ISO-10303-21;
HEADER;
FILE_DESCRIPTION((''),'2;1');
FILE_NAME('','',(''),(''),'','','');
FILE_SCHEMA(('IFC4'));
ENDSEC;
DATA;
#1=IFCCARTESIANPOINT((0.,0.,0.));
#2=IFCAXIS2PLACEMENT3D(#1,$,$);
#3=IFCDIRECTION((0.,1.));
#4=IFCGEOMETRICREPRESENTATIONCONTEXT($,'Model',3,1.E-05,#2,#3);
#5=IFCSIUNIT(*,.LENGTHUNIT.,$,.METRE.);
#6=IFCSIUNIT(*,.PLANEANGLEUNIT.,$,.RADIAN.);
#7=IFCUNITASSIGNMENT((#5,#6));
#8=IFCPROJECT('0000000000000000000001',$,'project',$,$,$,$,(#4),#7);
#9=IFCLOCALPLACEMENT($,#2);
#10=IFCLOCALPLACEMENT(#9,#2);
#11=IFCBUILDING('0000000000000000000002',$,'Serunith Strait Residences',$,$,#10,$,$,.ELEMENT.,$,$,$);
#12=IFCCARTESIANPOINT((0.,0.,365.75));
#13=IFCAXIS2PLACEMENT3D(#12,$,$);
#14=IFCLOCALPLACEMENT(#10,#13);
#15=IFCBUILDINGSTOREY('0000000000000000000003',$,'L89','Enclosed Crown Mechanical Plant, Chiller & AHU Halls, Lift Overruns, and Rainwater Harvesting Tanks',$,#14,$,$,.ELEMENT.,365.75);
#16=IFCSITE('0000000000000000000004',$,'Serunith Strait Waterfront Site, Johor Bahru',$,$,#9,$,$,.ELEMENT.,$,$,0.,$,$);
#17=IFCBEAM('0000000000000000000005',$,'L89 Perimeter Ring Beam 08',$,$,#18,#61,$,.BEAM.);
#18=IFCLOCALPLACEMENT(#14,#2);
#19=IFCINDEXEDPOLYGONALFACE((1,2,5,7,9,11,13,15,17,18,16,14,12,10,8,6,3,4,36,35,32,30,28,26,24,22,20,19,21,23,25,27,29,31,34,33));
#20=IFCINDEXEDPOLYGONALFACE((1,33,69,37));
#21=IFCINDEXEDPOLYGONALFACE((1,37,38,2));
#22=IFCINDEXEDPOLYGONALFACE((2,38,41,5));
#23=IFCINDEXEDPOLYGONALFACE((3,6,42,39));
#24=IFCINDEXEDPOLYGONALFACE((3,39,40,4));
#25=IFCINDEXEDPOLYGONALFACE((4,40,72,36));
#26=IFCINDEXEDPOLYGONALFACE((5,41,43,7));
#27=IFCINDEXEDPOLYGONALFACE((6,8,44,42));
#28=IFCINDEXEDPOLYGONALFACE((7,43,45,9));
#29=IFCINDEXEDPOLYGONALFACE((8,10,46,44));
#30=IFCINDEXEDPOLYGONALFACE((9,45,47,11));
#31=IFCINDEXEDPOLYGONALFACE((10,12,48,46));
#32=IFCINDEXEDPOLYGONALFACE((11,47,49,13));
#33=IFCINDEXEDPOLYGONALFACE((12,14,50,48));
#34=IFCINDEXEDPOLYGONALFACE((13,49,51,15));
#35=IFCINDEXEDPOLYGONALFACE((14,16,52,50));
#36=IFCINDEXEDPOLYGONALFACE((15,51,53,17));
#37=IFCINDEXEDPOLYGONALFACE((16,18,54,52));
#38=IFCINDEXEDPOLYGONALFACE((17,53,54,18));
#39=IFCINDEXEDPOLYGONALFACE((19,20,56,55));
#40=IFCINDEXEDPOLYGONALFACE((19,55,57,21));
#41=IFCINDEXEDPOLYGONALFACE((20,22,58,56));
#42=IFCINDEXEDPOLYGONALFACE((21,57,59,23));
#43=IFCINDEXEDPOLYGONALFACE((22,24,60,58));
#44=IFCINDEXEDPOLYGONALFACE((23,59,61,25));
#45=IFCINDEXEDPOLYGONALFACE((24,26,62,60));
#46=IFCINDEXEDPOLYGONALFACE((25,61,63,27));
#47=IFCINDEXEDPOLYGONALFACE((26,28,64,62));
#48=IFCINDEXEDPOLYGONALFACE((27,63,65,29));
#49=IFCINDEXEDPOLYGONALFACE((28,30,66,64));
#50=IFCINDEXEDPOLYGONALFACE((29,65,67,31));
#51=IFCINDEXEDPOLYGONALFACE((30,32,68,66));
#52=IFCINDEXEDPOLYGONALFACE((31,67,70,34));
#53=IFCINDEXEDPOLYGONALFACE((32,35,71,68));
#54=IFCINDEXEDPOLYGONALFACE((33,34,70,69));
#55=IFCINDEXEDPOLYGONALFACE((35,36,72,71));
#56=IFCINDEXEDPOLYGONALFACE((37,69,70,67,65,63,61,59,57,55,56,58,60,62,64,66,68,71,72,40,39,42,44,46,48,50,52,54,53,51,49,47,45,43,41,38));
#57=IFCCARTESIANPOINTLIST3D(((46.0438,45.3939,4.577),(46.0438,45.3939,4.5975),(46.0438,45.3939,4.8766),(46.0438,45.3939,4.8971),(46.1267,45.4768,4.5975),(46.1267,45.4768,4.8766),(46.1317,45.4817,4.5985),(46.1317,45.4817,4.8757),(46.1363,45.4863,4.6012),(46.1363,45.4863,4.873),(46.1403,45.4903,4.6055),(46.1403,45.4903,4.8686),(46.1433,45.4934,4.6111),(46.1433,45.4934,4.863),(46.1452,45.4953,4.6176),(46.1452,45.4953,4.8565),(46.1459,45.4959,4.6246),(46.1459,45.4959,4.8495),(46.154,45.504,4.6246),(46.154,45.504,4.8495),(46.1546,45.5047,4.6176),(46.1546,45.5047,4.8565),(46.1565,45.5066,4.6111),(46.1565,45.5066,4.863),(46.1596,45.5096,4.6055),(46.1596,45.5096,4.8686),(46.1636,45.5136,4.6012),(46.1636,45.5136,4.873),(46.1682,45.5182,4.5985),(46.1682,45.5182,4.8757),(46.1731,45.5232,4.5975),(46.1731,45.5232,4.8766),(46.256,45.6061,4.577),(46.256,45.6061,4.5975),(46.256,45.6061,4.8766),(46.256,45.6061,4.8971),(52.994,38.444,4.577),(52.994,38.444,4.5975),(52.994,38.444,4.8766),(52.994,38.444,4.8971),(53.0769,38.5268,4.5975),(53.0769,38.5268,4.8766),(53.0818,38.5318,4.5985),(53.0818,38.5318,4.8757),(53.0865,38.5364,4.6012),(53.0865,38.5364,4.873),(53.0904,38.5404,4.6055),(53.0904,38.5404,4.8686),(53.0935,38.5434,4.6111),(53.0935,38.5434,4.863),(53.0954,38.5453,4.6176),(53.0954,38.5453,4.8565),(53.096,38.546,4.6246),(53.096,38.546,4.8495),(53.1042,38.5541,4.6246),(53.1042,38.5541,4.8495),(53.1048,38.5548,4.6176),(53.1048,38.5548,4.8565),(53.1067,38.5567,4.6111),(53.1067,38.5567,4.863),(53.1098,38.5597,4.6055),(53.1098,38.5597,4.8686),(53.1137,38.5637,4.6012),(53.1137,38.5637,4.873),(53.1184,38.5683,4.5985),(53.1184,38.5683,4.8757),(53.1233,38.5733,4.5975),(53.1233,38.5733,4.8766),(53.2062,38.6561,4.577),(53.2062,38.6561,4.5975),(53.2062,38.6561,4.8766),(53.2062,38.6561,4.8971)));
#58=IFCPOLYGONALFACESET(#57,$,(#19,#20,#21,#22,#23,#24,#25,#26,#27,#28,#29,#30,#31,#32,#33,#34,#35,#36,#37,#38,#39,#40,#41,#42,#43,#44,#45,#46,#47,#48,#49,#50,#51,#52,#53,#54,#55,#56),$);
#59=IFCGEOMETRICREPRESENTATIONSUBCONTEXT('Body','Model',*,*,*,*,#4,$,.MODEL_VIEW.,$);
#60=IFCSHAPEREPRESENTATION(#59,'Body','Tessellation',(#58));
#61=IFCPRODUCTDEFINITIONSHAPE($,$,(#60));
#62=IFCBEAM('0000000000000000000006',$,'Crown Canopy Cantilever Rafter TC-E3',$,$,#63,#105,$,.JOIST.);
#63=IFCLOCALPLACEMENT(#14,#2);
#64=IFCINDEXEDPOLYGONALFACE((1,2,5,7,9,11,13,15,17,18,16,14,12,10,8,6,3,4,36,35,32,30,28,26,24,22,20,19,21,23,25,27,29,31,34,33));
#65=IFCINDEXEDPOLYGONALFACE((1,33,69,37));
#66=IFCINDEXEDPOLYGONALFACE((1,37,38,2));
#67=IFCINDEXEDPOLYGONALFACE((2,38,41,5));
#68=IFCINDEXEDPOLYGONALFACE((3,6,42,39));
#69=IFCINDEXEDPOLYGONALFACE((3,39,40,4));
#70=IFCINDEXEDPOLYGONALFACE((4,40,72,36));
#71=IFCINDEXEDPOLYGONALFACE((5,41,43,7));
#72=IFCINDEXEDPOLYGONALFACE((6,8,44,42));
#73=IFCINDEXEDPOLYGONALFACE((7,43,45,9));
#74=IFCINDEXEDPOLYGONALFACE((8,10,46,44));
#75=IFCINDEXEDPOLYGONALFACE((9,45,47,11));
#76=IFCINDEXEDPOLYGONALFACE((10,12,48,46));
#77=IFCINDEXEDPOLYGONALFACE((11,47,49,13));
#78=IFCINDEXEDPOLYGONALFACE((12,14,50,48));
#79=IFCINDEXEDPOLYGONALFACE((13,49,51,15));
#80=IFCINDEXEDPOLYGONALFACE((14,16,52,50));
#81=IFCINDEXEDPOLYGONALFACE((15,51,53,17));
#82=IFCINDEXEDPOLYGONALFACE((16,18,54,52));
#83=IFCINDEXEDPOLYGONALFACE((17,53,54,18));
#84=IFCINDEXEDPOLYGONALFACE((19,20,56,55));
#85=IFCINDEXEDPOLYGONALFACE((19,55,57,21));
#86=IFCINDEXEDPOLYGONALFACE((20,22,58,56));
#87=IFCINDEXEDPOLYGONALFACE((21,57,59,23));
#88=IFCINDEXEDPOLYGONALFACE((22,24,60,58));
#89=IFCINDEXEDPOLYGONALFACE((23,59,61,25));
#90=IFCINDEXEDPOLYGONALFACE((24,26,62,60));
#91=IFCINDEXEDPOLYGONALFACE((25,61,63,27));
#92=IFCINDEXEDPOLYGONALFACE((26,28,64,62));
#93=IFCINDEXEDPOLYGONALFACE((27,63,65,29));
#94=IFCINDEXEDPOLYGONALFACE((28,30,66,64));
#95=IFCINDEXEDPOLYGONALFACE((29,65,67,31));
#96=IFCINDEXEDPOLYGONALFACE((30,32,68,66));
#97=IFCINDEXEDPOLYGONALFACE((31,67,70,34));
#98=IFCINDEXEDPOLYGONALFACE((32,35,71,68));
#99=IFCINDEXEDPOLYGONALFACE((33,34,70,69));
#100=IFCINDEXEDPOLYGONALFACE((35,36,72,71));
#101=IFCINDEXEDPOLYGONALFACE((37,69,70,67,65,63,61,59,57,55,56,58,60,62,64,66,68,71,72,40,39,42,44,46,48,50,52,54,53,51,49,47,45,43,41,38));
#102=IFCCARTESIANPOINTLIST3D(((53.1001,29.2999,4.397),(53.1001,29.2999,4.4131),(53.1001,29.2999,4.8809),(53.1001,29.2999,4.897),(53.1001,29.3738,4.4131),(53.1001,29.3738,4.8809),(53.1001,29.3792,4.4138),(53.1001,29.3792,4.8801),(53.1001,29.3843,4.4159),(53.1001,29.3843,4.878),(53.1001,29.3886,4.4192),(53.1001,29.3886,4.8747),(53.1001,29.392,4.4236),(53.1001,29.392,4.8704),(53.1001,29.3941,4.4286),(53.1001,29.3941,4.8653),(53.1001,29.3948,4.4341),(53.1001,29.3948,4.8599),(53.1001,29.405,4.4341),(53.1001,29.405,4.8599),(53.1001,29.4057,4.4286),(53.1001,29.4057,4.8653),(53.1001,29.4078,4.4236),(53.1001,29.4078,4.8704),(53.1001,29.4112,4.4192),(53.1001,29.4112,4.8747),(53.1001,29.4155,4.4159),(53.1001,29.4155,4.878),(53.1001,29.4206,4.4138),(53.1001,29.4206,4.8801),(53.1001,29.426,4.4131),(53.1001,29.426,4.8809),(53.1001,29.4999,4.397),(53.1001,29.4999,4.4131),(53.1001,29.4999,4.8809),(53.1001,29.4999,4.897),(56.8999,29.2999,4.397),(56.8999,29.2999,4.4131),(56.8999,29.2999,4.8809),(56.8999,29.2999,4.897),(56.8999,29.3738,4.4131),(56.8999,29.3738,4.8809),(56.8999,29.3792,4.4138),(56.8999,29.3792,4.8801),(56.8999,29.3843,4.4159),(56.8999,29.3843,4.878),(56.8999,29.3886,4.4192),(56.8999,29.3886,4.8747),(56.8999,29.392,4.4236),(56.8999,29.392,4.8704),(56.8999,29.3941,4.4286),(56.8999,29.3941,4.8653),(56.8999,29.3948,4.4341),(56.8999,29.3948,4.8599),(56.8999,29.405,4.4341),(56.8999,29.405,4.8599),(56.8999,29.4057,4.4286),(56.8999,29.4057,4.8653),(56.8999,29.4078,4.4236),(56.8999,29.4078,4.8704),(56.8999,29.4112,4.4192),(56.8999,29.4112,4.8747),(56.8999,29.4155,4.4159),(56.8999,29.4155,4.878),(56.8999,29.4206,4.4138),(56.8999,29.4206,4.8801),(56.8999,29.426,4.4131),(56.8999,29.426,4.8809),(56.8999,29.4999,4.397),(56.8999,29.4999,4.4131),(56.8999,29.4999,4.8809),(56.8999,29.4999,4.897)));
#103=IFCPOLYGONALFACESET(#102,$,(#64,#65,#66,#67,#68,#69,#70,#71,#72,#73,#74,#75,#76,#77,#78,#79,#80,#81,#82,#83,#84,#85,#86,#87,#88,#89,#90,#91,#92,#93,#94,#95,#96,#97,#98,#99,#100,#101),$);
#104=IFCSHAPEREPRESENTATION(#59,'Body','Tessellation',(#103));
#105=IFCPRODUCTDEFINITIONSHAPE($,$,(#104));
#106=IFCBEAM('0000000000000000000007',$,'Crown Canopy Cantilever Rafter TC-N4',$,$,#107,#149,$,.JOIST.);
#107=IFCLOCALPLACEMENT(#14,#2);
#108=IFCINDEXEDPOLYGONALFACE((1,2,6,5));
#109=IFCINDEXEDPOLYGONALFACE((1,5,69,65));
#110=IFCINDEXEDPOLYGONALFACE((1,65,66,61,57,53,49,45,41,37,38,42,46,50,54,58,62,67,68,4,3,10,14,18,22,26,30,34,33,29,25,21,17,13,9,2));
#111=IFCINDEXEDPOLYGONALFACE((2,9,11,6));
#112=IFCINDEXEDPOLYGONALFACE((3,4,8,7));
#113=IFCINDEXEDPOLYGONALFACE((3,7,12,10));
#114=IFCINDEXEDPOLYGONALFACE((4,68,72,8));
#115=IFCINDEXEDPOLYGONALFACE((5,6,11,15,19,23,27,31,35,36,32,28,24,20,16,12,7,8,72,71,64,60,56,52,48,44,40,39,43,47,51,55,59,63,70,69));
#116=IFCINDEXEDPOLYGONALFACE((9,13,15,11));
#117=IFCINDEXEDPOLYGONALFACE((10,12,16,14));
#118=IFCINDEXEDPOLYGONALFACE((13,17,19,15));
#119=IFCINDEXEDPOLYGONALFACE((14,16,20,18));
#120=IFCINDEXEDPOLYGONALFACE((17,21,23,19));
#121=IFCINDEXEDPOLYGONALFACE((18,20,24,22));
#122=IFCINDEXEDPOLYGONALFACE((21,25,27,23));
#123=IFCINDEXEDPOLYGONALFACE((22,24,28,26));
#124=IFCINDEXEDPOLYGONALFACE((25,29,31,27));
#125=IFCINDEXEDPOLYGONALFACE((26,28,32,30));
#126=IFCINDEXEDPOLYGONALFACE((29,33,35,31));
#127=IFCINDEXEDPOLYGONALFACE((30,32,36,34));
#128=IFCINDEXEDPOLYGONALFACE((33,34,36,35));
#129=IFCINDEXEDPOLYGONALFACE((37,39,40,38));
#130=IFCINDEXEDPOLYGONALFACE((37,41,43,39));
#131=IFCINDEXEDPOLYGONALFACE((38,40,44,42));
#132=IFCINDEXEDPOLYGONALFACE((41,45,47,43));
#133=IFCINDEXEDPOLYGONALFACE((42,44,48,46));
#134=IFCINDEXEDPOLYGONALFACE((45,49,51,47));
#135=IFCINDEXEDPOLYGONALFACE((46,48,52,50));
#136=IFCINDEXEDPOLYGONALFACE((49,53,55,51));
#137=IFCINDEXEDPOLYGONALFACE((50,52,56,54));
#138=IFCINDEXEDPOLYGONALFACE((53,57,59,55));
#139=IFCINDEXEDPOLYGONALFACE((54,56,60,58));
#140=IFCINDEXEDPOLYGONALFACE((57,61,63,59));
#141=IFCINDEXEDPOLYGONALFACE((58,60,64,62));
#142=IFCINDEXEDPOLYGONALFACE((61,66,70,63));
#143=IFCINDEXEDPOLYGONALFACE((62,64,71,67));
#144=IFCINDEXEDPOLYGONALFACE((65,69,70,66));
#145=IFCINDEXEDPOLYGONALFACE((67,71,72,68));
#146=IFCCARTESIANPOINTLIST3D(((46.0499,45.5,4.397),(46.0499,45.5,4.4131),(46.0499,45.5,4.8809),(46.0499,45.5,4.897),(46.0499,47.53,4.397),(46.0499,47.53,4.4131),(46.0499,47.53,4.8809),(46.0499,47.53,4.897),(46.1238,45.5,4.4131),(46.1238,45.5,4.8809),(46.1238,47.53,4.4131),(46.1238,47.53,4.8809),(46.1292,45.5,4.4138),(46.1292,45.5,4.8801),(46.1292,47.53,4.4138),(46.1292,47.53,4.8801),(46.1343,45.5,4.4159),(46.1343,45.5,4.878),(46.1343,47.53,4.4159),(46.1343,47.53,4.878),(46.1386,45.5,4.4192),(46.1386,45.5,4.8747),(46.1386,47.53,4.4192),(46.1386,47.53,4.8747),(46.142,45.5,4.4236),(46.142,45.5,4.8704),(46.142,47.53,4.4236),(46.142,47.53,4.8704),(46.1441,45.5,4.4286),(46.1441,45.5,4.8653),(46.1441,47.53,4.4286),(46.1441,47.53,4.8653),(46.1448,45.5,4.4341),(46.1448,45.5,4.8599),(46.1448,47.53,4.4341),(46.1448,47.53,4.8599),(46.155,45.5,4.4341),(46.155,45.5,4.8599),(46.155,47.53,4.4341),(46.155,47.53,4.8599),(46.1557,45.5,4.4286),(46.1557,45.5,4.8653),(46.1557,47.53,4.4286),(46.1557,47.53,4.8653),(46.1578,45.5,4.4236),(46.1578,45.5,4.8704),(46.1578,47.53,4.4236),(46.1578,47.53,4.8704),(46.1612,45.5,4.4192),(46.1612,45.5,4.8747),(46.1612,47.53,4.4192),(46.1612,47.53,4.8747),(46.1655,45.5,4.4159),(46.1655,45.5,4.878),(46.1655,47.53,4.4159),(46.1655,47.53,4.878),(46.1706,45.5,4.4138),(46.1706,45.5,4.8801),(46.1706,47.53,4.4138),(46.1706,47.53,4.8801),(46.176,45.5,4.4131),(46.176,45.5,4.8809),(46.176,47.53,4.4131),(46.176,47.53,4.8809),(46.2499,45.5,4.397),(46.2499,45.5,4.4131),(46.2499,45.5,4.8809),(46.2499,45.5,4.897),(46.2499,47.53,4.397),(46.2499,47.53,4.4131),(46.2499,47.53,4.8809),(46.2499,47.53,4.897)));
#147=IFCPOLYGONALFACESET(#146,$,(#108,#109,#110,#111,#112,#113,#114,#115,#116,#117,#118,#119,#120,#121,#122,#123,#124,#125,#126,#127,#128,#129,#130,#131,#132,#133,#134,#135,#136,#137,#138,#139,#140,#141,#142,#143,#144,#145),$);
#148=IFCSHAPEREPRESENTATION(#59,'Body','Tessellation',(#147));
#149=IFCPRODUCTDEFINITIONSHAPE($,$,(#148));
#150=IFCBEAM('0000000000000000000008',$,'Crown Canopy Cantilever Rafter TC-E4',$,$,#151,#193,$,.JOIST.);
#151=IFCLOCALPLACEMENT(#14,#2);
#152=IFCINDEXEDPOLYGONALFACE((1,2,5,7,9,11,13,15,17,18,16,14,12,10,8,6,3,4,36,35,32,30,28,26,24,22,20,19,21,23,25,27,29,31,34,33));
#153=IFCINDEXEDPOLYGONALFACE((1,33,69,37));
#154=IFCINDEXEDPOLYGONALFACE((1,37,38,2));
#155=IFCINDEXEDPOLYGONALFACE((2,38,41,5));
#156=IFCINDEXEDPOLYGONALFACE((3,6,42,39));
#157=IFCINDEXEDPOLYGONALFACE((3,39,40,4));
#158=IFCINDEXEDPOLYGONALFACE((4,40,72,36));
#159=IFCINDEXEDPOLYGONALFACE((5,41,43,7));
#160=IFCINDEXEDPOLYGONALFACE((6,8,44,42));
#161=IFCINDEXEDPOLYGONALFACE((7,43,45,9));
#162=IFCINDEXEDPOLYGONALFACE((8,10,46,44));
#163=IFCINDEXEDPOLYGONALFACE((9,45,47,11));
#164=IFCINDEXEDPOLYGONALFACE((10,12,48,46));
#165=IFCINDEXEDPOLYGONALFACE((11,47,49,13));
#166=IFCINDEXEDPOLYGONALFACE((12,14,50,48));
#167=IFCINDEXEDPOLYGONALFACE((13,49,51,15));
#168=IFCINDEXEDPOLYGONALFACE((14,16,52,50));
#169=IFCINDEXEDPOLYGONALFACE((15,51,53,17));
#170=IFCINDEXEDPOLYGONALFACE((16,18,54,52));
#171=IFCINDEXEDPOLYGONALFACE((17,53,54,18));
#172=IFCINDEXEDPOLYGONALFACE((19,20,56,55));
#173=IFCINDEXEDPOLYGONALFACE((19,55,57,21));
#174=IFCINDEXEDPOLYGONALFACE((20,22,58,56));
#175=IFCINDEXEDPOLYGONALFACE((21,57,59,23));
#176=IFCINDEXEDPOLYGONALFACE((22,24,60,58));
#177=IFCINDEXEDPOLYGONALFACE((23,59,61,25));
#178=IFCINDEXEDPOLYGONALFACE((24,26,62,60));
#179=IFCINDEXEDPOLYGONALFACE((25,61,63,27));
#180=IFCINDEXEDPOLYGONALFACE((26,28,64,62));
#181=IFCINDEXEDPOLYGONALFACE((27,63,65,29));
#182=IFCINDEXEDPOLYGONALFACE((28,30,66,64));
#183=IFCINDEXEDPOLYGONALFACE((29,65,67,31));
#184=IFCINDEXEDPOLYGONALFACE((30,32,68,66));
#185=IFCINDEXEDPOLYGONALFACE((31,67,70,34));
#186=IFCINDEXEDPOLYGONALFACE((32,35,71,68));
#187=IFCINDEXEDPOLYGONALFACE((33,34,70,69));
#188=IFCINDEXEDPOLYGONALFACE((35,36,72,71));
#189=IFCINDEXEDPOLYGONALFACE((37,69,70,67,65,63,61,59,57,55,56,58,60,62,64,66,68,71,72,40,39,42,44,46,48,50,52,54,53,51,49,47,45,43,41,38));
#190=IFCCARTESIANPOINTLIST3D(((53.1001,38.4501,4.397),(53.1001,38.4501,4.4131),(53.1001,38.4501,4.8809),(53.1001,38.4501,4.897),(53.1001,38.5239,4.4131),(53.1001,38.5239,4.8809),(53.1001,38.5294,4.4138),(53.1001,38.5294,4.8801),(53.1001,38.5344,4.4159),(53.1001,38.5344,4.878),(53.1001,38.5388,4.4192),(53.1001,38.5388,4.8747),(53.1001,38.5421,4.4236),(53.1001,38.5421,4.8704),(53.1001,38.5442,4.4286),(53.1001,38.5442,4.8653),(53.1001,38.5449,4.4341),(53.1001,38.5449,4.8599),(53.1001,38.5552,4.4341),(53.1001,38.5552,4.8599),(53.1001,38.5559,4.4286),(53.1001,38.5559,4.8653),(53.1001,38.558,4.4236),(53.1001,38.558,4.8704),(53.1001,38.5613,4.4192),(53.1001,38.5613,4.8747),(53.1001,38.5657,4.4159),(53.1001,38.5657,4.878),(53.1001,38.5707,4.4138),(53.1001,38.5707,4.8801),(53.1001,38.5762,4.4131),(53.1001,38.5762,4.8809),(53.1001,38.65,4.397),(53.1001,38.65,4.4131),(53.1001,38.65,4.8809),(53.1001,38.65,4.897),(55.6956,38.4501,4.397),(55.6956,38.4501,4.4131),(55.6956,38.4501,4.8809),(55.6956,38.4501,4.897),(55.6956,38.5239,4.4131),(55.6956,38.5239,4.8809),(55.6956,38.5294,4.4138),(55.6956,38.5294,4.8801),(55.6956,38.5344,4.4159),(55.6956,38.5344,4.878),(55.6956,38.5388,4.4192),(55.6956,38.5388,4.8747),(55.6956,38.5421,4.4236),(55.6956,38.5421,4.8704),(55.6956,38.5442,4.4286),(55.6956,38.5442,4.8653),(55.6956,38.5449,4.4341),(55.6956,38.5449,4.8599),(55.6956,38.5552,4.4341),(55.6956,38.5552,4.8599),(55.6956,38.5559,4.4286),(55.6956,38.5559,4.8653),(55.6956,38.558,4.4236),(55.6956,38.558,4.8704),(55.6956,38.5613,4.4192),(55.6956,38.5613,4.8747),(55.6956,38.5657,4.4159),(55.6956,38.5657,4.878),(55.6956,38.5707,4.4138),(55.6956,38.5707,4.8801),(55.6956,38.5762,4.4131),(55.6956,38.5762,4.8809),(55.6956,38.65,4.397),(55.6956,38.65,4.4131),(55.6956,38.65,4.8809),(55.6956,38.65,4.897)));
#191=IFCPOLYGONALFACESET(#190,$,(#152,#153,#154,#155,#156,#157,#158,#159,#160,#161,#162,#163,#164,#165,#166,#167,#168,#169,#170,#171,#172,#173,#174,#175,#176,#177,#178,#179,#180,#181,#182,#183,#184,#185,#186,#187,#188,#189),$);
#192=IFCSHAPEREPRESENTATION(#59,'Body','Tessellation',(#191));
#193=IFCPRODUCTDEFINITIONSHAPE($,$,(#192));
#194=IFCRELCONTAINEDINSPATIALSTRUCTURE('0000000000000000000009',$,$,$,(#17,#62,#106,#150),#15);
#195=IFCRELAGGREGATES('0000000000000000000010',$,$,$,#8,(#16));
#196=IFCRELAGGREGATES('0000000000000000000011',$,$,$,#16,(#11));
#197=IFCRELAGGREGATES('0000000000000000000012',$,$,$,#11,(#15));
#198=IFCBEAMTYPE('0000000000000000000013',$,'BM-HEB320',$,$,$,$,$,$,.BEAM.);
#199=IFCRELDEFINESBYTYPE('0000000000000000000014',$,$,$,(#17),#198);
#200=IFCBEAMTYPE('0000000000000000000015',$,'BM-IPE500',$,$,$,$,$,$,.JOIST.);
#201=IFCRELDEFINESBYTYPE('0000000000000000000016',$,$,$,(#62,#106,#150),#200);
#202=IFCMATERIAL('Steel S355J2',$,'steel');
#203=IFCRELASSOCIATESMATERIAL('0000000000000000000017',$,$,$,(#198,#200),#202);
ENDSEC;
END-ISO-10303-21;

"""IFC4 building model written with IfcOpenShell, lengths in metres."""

from ifc_helpers import new_model, si_unit, direction, frame, origin, origin_2d, place, context, subcontext, project, spatial, i_section, extrude, source, transform, mapped, material, material_profile, profile_set, type_object, element, save


model = new_model("IFC4")

# Units and contexts
model_context = context("Model", 3, precision=1e-05, world=origin(), true_north=direction((0.0, 1.0)))
body_context = subcontext(model_context, "Body", "Model", "MODEL_VIEW")
ifc_project = project(units=[si_unit("LENGTHUNIT", "METRE"), si_unit("PLANEANGLEUNIT", "RADIAN")], contexts=[model_context])

# Site, building, storey
site_placement = place(None, origin())
site = spatial("IfcSite", under=ifc_project, at=site_placement, Name="Serunith Strait Waterfront Site, Johor Bahru", CompositionType="ELEMENT", RefElevation=0.0)
building_placement = place(site_placement, origin())
building = spatial("IfcBuilding", under=site, at=building_placement, Name="Serunith Strait Residences", CompositionType="ELEMENT")
storey_placement = place(building_placement, frame((0.0, 0.0, 365.75)))
storey = spatial("IfcBuildingStorey", under=building, at=storey_placement, Name="L89", Description="Enclosed Crown Mechanical Plant, Chiller & AHU Halls, Lift Overruns, and Rainwater Harvesting Tanks", CompositionType="ELEMENT", Elevation=365.75)

# Beams
ifc_material_1 = material(Name="Steel S355J2", Category="steel")
ifc_material_profile_1 = material_profile(ifc_material_1, i_section(OverallWidth=0.3, OverallDepth=0.3201, WebThickness=0.0115, FlangeThickness=0.0205, FilletRadius=0.0271, at=origin_2d()), Name="HEB 320")
ifc_profile_set_1 = profile_set([ifc_material_profile_1], Name="Steel S355J2")
beam_type_1 = type_object("IfcBeamType", Name="BM-HEB320", PredefinedType="BEAM", material=ifc_profile_set_1)
shared_shape_1 = source(origin(), body_context, "Body", "SweptSolid", [
    extrude(i_section(OverallWidth=0.3, OverallDepth=0.3201, WebThickness=0.0115, FlangeThickness=0.0205, FilletRadius=0.0271, at=origin_2d()), origin(), (0.0, 0.0, 1.0), 9.8289),
])
beam_1_placement = place(storey_placement, frame((53.1001, 38.55, 4.7371), z_axis=(-0.707119, 0.707094, 0.0), x_axis=(-0.707094, -0.707119, 0.0)))
element("IfcBeam", 1, at=beam_1_placement, inside=storey, type_object=beam_type_1, Name="L89 Perimeter Ring Beam 08", PredefinedType="BEAM", context=body_context, shape_type="MappedRepresentation", body=[
    mapped(shared_shape_1, transform((0.0, 0.0, 0.0), scale=1.0)),
])
ifc_material_profile_2 = material_profile(ifc_material_1, i_section(OverallWidth=0.2, OverallDepth=0.5, WebThickness=0.0103, FlangeThickness=0.0161, FilletRadius=0.021, at=origin_2d()), Name="IPE 500")
ifc_profile_set_2 = profile_set([ifc_material_profile_2], Name="Steel S355J2")
beam_type_2 = type_object("IfcBeamType", Name="BM-IPE500", PredefinedType="JOIST", material=ifc_profile_set_2)
shared_shape_2 = source(origin(), body_context, "Body", "SweptSolid", [
    extrude(i_section(OverallWidth=0.2, OverallDepth=0.5, WebThickness=0.0103, FlangeThickness=0.0161, FilletRadius=0.021, at=origin_2d()), origin(), (0.0, 0.0, 1.0), 3.7998),
])
beam_2_placement = place(storey_placement, frame((53.1001, 29.3999, 4.647), z_axis=(1.0, 0.0, 0.0), x_axis=(0.0, 1.0, 0.0)))
element("IfcBeam", 2, at=beam_2_placement, inside=storey, type_object=beam_type_2, Name="Crown Canopy Cantilever Rafter TC-E3", PredefinedType="JOIST", context=body_context, shape_type="MappedRepresentation", body=[
    mapped(shared_shape_2, transform((0.0, 0.0, 0.0), scale=1.0)),
])
shared_shape_3 = source(origin(), body_context, "Body", "SweptSolid", [
    extrude(i_section(OverallWidth=0.2, OverallDepth=0.5, WebThickness=0.0103, FlangeThickness=0.0161, FilletRadius=0.021, at=origin_2d()), origin(), (0.0, 0.0, 1.0), 2.03),
])
beam_3_placement = place(storey_placement, frame((46.1499, 45.5, 4.647), z_axis=(0.0, 1.0, 0.0), x_axis=(-1.0, 0.0, 0.0)))
element("IfcBeam", 3, at=beam_3_placement, inside=storey, type_object=beam_type_2, Name="Crown Canopy Cantilever Rafter TC-N4", PredefinedType="JOIST", context=body_context, shape_type="MappedRepresentation", body=[
    mapped(shared_shape_3, transform((0.0, 0.0, 0.0), scale=1.0)),
])
shared_shape_4 = source(origin(), body_context, "Body", "SweptSolid", [
    extrude(i_section(OverallWidth=0.2, OverallDepth=0.5, WebThickness=0.0103, FlangeThickness=0.0161, FilletRadius=0.021, at=origin_2d()), origin(), (0.0, 0.0, 1.0), 2.5955),
])
beam_4_placement = place(storey_placement, frame((53.1001, 38.55, 4.647), z_axis=(1.0, 0.0, 0.0), x_axis=(0.0, 1.0, 0.0)))
element("IfcBeam", 4, at=beam_4_placement, inside=storey, type_object=beam_type_2, Name="Crown Canopy Cantilever Rafter TC-E4", PredefinedType="JOIST", context=body_context, shape_type="MappedRepresentation", body=[
    mapped(shared_shape_4, transform((0.0, 0.0, 0.0), scale=1.0)),
])

save(model, "model.ifc")
